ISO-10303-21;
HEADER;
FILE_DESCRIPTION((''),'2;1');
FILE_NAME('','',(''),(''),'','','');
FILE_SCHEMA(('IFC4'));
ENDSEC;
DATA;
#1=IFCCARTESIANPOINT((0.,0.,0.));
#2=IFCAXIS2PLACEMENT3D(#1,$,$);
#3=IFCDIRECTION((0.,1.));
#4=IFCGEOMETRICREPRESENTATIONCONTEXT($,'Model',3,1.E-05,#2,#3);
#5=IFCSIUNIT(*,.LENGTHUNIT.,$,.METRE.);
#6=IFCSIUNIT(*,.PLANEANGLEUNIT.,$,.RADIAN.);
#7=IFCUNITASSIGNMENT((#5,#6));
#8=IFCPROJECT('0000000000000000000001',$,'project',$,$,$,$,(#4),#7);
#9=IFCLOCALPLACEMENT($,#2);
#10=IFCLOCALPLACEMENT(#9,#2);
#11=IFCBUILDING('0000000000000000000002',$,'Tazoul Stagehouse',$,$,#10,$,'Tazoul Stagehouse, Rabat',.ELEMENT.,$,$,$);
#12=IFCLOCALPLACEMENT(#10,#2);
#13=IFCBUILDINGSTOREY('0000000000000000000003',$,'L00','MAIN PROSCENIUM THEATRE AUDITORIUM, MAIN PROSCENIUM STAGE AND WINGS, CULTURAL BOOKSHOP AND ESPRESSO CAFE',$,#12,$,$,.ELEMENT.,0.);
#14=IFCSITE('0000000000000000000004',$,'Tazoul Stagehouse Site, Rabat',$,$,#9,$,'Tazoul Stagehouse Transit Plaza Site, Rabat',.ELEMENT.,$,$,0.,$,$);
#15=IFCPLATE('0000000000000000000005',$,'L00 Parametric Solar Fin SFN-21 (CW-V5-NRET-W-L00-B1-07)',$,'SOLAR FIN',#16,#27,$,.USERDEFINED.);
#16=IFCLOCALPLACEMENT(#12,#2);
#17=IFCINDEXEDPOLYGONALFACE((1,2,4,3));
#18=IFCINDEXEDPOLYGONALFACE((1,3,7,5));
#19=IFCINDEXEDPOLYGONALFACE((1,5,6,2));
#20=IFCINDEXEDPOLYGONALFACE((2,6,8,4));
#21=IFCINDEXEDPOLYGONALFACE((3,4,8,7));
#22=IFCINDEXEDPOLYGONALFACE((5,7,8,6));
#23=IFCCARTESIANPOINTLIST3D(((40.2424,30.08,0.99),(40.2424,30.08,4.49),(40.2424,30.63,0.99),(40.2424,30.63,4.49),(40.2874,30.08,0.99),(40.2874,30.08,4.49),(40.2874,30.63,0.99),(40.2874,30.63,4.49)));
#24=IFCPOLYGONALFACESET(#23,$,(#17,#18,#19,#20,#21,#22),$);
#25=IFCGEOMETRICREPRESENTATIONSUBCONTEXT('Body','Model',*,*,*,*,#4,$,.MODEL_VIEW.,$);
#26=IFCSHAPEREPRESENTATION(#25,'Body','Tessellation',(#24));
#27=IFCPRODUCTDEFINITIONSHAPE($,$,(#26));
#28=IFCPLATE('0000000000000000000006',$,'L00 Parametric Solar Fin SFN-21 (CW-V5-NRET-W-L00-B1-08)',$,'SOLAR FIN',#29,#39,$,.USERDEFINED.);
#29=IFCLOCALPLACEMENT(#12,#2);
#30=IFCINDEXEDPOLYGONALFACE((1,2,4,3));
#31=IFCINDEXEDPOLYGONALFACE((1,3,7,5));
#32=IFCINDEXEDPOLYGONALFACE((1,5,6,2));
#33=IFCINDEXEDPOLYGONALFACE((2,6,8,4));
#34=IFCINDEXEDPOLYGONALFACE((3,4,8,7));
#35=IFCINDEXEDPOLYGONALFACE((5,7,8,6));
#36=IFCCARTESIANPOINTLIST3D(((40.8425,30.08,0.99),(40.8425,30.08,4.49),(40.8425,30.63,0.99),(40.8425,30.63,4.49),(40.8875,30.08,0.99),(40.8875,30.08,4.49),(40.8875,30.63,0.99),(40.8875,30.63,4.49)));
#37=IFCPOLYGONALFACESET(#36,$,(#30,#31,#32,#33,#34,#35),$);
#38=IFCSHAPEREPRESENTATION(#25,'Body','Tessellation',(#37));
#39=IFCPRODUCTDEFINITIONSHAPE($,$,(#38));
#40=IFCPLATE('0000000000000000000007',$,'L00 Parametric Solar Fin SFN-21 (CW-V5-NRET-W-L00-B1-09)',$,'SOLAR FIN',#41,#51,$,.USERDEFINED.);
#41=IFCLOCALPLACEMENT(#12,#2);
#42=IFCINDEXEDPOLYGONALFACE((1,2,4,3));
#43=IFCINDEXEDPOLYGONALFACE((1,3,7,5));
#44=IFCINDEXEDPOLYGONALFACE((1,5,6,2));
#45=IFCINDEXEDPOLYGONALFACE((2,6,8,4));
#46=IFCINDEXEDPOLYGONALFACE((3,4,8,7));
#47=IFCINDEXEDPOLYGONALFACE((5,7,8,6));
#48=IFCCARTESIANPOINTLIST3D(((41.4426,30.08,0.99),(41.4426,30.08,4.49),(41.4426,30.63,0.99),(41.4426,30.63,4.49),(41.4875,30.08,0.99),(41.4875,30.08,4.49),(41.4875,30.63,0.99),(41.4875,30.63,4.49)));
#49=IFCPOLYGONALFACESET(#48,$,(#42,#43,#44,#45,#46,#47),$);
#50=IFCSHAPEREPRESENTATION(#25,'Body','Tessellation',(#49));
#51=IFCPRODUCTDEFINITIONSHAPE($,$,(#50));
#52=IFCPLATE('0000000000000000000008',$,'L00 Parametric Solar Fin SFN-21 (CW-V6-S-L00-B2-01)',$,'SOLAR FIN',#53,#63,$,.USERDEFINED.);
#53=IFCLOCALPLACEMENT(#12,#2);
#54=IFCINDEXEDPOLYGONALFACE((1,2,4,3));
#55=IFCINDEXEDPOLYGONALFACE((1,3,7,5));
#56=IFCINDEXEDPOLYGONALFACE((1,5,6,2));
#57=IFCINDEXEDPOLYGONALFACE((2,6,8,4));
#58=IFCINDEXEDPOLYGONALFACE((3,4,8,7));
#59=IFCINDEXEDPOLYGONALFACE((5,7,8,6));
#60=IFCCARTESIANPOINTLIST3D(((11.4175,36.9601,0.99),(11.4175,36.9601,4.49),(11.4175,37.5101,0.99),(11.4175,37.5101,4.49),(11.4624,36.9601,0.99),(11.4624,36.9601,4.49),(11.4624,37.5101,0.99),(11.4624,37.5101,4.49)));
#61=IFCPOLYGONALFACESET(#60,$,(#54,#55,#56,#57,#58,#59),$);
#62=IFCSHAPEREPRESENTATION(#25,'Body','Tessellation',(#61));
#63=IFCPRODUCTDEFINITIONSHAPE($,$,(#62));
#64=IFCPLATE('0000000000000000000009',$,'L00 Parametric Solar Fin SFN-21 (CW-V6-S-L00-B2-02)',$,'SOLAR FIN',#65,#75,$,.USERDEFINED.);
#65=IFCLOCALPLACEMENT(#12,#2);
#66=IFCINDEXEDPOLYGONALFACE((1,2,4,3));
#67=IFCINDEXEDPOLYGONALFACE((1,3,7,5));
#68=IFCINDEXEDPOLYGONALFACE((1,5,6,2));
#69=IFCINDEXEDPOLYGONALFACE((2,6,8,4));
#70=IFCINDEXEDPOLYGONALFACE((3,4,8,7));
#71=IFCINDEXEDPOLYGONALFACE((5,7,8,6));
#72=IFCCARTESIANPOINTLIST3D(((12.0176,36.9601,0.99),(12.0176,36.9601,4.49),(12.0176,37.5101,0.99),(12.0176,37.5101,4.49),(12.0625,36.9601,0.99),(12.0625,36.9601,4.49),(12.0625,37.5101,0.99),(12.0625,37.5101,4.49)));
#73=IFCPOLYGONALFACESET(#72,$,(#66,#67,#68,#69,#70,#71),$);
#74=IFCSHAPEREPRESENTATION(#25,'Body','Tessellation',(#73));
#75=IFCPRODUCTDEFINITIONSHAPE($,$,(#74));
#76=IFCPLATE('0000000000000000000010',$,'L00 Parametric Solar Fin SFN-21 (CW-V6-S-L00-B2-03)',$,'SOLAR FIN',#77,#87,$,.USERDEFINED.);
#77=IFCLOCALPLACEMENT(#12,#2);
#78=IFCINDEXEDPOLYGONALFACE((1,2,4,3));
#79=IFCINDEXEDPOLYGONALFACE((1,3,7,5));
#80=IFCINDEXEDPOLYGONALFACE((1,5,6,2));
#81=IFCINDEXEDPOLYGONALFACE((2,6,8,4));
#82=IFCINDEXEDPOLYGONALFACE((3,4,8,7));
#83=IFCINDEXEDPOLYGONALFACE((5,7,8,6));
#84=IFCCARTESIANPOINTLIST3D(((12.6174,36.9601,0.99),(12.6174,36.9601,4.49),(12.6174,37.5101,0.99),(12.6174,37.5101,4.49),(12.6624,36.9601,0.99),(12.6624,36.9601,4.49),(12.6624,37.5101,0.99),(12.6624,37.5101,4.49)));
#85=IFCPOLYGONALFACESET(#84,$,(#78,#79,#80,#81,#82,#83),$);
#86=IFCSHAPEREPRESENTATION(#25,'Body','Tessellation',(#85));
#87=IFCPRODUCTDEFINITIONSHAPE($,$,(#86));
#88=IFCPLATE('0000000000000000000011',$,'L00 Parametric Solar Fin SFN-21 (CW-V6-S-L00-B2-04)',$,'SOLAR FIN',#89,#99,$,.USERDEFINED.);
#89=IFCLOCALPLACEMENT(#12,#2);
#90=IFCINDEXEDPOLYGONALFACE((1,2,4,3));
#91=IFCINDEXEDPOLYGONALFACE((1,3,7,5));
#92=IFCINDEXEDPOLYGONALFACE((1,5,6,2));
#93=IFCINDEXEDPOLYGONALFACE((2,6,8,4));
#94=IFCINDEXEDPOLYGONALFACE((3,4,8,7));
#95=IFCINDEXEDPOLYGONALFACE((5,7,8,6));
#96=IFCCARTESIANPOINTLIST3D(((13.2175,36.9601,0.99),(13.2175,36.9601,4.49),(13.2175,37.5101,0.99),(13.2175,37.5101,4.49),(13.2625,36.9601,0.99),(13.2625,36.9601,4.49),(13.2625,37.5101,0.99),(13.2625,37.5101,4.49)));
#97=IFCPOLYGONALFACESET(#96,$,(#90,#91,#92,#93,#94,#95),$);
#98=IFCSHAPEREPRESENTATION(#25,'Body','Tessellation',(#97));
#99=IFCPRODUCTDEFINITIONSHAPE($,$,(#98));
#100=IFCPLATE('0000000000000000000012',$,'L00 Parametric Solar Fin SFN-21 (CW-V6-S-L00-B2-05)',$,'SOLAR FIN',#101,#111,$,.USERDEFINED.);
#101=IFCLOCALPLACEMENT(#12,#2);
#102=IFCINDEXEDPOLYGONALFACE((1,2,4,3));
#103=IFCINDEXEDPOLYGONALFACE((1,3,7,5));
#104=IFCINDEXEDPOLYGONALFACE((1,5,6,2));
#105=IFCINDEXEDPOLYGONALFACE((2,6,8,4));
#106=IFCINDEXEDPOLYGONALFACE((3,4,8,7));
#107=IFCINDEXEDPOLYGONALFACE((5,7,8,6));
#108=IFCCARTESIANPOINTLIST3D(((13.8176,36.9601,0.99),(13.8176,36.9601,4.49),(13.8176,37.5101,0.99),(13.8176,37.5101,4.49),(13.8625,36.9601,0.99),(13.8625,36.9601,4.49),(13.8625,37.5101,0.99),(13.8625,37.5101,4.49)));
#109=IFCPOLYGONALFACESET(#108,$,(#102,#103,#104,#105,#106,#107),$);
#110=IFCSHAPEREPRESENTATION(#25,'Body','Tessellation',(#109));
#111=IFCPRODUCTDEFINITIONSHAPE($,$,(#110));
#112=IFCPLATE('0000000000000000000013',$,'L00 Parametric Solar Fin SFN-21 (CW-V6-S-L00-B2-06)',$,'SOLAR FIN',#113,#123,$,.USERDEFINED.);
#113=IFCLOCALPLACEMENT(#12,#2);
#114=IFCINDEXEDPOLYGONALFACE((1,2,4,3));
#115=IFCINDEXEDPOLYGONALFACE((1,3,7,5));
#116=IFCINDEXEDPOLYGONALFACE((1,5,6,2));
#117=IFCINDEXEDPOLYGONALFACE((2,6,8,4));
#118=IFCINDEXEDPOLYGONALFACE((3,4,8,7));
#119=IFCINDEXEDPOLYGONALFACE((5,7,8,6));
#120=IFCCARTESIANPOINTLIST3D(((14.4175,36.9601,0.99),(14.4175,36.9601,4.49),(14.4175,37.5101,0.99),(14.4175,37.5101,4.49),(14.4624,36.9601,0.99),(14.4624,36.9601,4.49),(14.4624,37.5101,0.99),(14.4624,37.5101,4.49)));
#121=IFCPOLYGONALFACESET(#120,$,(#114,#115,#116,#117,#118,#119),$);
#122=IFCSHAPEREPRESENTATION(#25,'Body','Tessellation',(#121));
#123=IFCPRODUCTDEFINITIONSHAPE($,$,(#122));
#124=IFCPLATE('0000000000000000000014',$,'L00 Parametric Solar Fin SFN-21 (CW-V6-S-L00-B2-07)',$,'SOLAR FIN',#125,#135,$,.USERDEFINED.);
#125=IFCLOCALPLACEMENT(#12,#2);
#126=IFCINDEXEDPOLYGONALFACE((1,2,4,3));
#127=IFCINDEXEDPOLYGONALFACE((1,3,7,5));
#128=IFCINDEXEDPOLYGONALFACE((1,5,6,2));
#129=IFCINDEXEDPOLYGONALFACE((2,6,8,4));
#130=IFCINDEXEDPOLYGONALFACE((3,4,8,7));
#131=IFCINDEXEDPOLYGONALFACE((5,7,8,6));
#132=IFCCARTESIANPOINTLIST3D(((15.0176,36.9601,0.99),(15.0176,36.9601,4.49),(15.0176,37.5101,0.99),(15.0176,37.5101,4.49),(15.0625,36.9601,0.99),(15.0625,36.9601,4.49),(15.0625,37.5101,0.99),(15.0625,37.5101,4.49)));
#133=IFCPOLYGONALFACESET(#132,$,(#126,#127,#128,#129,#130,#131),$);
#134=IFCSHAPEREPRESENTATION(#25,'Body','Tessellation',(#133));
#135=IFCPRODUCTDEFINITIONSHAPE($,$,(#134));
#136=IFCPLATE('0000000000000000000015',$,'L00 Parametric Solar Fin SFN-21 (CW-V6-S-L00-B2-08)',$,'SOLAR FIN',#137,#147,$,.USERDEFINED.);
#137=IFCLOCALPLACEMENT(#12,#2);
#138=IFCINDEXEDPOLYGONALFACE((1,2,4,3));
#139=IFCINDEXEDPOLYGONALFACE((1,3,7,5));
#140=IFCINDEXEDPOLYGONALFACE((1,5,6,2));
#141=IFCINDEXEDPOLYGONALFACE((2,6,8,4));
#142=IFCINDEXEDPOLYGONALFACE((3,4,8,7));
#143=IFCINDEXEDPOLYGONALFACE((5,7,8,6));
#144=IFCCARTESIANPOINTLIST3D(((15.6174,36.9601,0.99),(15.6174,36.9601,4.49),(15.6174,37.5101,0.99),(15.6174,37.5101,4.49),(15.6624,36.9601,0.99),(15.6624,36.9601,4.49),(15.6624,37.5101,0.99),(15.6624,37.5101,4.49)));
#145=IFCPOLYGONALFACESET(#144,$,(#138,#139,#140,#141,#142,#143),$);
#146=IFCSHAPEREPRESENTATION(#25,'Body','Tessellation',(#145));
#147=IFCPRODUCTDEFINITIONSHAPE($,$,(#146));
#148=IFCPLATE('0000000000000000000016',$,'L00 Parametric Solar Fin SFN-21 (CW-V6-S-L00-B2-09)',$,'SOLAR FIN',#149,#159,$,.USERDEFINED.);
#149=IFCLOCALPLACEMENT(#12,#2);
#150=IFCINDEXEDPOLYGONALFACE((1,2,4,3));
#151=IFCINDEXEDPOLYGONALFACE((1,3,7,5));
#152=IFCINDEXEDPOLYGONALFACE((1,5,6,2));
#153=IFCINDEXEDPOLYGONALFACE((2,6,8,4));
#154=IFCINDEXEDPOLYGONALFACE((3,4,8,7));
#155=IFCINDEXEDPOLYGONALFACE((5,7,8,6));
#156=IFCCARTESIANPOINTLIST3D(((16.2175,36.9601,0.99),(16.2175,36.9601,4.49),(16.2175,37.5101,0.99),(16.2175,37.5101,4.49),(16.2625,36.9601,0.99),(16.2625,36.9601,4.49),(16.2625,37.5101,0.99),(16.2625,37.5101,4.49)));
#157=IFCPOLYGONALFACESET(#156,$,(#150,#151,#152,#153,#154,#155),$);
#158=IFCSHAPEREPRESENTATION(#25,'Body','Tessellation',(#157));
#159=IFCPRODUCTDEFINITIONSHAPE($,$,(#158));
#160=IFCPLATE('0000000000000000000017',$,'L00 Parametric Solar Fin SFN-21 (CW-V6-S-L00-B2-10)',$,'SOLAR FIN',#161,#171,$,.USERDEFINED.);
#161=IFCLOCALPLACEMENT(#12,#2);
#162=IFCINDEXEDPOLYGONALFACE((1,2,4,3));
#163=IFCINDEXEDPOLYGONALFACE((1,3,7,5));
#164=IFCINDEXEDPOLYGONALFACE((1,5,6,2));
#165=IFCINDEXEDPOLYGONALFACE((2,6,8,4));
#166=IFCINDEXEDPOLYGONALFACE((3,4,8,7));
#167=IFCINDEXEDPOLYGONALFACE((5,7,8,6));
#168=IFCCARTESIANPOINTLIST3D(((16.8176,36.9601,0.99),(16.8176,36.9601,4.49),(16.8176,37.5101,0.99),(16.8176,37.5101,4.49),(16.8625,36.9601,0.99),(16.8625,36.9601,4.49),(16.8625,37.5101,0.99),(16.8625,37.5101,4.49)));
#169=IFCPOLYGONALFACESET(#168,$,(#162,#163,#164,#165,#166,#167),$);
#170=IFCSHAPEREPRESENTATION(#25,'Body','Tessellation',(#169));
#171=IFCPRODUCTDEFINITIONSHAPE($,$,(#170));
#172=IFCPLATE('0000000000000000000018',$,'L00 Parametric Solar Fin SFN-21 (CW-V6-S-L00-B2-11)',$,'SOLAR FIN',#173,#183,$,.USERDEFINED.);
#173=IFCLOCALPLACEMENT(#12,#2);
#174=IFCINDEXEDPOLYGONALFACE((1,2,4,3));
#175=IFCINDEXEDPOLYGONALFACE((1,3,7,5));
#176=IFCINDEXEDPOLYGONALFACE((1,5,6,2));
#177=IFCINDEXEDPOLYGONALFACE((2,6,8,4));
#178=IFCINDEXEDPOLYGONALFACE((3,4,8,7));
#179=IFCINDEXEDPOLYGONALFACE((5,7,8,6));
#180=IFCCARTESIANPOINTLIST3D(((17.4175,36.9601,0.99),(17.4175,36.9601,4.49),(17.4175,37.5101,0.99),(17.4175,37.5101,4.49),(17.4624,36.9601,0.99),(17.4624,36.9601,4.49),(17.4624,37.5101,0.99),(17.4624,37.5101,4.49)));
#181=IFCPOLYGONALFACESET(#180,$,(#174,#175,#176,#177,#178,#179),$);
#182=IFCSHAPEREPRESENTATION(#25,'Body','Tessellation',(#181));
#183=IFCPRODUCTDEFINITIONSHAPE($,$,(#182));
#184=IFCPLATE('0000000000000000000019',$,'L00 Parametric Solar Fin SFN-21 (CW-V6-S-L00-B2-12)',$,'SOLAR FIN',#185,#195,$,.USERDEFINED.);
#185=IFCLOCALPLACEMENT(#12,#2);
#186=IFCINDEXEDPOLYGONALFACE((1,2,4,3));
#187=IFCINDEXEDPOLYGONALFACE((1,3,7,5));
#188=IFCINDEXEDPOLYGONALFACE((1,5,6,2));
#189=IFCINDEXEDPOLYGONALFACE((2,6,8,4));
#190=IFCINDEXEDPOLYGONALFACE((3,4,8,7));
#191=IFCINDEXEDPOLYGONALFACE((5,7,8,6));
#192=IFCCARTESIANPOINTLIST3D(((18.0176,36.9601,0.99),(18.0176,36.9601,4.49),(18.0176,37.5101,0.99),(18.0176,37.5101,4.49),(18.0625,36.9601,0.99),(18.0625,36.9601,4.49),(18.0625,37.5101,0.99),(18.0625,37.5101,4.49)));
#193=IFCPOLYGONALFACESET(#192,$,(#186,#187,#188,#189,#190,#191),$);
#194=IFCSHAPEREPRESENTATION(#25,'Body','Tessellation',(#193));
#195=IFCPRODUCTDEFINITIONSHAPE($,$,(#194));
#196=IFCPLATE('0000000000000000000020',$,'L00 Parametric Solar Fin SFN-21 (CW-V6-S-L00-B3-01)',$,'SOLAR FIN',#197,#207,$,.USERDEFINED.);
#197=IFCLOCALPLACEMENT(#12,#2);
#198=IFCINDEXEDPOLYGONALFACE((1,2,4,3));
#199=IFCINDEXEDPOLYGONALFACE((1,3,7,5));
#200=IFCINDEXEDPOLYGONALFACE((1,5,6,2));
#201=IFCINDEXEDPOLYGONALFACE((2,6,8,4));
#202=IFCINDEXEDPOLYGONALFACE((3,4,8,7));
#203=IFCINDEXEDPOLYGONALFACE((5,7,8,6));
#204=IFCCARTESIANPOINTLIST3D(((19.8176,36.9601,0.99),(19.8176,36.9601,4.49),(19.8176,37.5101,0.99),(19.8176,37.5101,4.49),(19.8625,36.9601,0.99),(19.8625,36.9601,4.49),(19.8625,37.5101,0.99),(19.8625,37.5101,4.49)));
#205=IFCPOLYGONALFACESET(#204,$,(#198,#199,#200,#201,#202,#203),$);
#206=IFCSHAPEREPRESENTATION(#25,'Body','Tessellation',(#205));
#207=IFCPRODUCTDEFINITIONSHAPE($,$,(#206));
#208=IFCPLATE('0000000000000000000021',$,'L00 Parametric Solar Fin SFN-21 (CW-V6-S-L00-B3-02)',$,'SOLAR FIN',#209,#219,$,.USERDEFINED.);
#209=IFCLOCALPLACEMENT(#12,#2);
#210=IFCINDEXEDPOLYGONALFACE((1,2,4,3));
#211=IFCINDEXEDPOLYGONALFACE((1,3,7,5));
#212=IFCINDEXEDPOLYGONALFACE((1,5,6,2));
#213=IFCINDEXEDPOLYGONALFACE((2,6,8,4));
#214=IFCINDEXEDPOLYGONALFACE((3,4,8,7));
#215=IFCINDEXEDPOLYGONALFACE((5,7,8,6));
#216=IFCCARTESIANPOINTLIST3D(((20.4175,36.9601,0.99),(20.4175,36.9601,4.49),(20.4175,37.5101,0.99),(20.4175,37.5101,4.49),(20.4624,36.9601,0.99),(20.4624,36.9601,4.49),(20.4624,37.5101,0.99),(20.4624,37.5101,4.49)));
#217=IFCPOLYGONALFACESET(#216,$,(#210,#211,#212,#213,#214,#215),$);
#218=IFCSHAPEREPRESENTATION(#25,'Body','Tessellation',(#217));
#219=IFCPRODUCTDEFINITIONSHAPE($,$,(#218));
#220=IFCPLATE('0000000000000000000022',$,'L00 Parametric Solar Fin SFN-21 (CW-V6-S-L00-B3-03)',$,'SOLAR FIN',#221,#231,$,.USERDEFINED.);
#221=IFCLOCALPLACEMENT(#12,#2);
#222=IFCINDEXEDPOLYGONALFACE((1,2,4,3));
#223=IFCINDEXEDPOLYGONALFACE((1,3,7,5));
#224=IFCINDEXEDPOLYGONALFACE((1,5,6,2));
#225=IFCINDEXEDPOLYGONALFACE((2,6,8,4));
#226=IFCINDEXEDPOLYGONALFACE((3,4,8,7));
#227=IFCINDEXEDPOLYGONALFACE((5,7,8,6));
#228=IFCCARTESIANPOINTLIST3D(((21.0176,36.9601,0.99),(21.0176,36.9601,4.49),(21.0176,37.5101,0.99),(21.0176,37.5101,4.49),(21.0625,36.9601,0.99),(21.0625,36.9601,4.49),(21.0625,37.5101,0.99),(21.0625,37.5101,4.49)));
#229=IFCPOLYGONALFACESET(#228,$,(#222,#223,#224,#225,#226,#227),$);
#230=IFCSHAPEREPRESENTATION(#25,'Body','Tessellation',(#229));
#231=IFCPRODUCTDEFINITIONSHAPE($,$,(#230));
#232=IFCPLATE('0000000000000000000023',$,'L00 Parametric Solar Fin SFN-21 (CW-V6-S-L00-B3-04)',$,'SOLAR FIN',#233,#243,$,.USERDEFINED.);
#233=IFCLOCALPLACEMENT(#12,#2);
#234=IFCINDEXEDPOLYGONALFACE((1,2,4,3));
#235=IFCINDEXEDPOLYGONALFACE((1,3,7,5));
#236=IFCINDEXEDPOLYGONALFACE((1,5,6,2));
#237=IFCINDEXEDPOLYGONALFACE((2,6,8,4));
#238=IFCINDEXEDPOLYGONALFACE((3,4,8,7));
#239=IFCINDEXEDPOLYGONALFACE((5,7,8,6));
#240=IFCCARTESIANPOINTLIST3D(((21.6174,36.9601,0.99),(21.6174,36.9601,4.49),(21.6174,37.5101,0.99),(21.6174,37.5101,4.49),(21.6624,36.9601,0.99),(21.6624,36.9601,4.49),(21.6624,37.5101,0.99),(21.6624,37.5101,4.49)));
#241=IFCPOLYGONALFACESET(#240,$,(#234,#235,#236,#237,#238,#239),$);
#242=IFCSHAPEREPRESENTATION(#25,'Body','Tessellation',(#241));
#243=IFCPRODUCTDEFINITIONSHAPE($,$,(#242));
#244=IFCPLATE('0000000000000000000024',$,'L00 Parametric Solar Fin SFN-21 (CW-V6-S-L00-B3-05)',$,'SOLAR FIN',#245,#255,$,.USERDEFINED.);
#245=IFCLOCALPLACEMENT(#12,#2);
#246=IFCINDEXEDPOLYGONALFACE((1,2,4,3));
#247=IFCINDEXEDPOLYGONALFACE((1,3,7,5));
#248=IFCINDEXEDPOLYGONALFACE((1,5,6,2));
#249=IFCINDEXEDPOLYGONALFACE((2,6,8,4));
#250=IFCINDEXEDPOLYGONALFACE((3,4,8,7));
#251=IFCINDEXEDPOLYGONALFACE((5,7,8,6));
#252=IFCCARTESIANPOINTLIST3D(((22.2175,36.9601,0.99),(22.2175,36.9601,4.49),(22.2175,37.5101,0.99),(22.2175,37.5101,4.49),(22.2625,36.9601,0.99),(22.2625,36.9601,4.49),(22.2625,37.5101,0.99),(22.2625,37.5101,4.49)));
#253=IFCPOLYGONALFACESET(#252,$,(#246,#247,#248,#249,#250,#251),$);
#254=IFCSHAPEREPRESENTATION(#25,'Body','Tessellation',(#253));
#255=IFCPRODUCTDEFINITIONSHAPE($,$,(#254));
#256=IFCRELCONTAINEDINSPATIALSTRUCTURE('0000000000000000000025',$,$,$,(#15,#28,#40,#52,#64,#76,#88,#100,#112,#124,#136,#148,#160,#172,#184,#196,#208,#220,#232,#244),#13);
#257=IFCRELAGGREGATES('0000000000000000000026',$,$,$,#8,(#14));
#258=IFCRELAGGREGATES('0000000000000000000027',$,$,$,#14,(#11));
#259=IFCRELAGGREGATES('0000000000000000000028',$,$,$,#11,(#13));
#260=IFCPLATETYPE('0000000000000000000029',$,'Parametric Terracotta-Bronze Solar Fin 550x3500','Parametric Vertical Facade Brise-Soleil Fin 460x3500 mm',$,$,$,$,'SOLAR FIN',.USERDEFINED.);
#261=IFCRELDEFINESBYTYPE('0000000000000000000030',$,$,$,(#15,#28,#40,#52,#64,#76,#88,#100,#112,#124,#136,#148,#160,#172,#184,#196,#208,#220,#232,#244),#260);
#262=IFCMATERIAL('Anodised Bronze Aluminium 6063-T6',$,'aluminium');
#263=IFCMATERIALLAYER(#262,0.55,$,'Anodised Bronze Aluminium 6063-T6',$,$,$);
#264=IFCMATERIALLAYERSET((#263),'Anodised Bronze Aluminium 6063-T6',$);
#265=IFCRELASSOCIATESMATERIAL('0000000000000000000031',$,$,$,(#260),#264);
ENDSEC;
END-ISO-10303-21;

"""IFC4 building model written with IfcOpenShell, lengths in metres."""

from ifc_helpers import new_model, si_unit, direction, frame, origin, origin_2d, place, context, subcontext, project, spatial, rectangle, extrude, material, layer, layer_set, type_object, element, save


model = new_model("IFC4")

# Units and contexts
model_context = context("Model", 3, precision=1e-05, world=origin(), true_north=direction((0.0, 1.0)))
body_context = subcontext(model_context, "Body", "Model", "MODEL_VIEW")
ifc_project = project(units=[si_unit("LENGTHUNIT", "METRE"), si_unit("PLANEANGLEUNIT", "RADIAN")], contexts=[model_context])

# Site, building, storey
site_placement = place(None, origin())
site = spatial("IfcSite", under=ifc_project, at=site_placement, Name="Tazoul Stagehouse Site, Rabat", LongName="Tazoul Stagehouse Transit Plaza Site, Rabat", CompositionType="ELEMENT", RefElevation=0.0)
building_placement = place(site_placement, origin())
building = spatial("IfcBuilding", under=site, at=building_placement, Name="Tazoul Stagehouse", LongName="Tazoul Stagehouse, Rabat", CompositionType="ELEMENT")
storey_placement = place(building_placement, origin())
storey = spatial("IfcBuildingStorey", under=building, at=storey_placement, Name="L00", Description="MAIN PROSCENIUM THEATRE AUDITORIUM, MAIN PROSCENIUM STAGE AND WINGS, CULTURAL BOOKSHOP AND ESPRESSO CAFE", CompositionType="ELEMENT", Elevation=0.0)

# Plates
ifc_material_1 = material(Name="Anodised Bronze Aluminium 6063-T6", Category="aluminium")
ifc_layer_1 = layer(ifc_material_1, 0.55, Name="Anodised Bronze Aluminium 6063-T6")
ifc_layer_set_1 = layer_set([ifc_layer_1], Name="Anodised Bronze Aluminium 6063-T6")
plate_type = type_object("IfcPlateType", Name="Parametric Terracotta-Bronze Solar Fin 550x3500", Description="Parametric Vertical Facade Brise-Soleil Fin 460x3500 mm", ElementType="SOLAR FIN", PredefinedType="USERDEFINED", material=ifc_layer_set_1)
for number, where, z_axis, x_axis, name in (
    (1, (40.2649, 30.355, 0.99), (0.0, 0.0, 1.0), (1.0, 0.0, 0.0), "L00 Parametric Solar Fin SFN-21 (CW-V5-NRET-W-L00-B1-07)"),
    (2, (40.865, 30.355, 0.99), (0.0, 0.0, 1.0), (1.0, 0.0, 0.0), "L00 Parametric Solar Fin SFN-21 (CW-V5-NRET-W-L00-B1-08)"),
    (3, (41.4651, 30.355, 0.99), (0.0, 0.0, 1.0), (1.0, 0.0, 0.0), "L00 Parametric Solar Fin SFN-21 (CW-V5-NRET-W-L00-B1-09)"),
    (4, (11.4399, 37.2351, 0.99), (0.0, 0.0, 1.0), (1.0, 0.0, 0.0), "L00 Parametric Solar Fin SFN-21 (CW-V6-S-L00-B2-01)"),
    (5, (12.04, 37.2351, 0.99), (0.0, 0.0, 1.0), (1.0, 0.0, 0.0), "L00 Parametric Solar Fin SFN-21 (CW-V6-S-L00-B2-02)"),
    (6, (12.6399, 37.2351, 0.99), (0.0, 0.0, 1.0), (1.0, 0.0, 0.0), "L00 Parametric Solar Fin SFN-21 (CW-V6-S-L00-B2-03)"),
    (7, (13.24, 37.2351, 0.99), (0.0, 0.0, 1.0), (1.0, 0.0, 0.0), "L00 Parametric Solar Fin SFN-21 (CW-V6-S-L00-B2-04)"),
    (8, (13.8401, 37.2351, 0.99), (0.0, 0.0, 1.0), (1.0, 0.0, 0.0), "L00 Parametric Solar Fin SFN-21 (CW-V6-S-L00-B2-05)"),
    (9, (14.4399, 37.2351, 0.99), (0.0, 0.0, 1.0), (1.0, 0.0, 0.0), "L00 Parametric Solar Fin SFN-21 (CW-V6-S-L00-B2-06)"),
    (10, (15.04, 37.2351, 0.99), (0.0, 0.0, 1.0), (1.0, 0.0, 0.0), "L00 Parametric Solar Fin SFN-21 (CW-V6-S-L00-B2-07)"),
    (11, (15.6399, 37.2351, 0.99), (0.0, 0.0, 1.0), (1.0, 0.0, 0.0), "L00 Parametric Solar Fin SFN-21 (CW-V6-S-L00-B2-08)"),
    (12, (16.24, 37.2351, 0.99), (0.0, 0.0, 1.0), (1.0, 0.0, 0.0), "L00 Parametric Solar Fin SFN-21 (CW-V6-S-L00-B2-09)"),
    (13, (16.8401, 37.2351, 0.99), (0.0, 0.0, 1.0), (1.0, 0.0, 0.0), "L00 Parametric Solar Fin SFN-21 (CW-V6-S-L00-B2-10)"),
    (14, (17.4399, 37.2351, 0.99), (0.0, 0.0, 1.0), (1.0, 0.0, 0.0), "L00 Parametric Solar Fin SFN-21 (CW-V6-S-L00-B2-11)"),
    (15, (18.04, 37.2351, 0.99), (0.0, 0.0, 1.0), (1.0, 0.0, 0.0), "L00 Parametric Solar Fin SFN-21 (CW-V6-S-L00-B2-12)"),
    (16, (19.8401, 37.2351, 0.99), (0.0, 0.0, 1.0), (1.0, 0.0, 0.0), "L00 Parametric Solar Fin SFN-21 (CW-V6-S-L00-B3-01)"),
    (17, (20.4399, 37.2351, 0.99), (0.0, 0.0, 1.0), (1.0, 0.0, 0.0), "L00 Parametric Solar Fin SFN-21 (CW-V6-S-L00-B3-02)"),
    (18, (21.04, 37.2351, 0.99), (0.0, 0.0, 1.0), (1.0, 0.0, 0.0), "L00 Parametric Solar Fin SFN-21 (CW-V6-S-L00-B3-03)"),
    (19, (21.6399, 37.2351, 0.99), (0.0, 0.0, 1.0), (1.0, 0.0, 0.0), "L00 Parametric Solar Fin SFN-21 (CW-V6-S-L00-B3-04)"),
    (20, (22.24, 37.2351, 0.99), (0.0, 0.0, 1.0), (1.0, 0.0, 0.0), "L00 Parametric Solar Fin SFN-21 (CW-V6-S-L00-B3-05)"),
):
    element("IfcPlate", number, at=place(storey_placement, frame(where, z_axis=z_axis, x_axis=x_axis)), inside=storey, type_object=plate_type, Name=name, ObjectType="SOLAR FIN", PredefinedType="USERDEFINED", context=body_context, shape_type="SweptSolid", body=[
        extrude(rectangle(XDim=0.0449, YDim=0.55, at=origin_2d()), origin(), (0.0, 0.0, 1.0), 3.5),
    ])

save(model, "model.ifc")
